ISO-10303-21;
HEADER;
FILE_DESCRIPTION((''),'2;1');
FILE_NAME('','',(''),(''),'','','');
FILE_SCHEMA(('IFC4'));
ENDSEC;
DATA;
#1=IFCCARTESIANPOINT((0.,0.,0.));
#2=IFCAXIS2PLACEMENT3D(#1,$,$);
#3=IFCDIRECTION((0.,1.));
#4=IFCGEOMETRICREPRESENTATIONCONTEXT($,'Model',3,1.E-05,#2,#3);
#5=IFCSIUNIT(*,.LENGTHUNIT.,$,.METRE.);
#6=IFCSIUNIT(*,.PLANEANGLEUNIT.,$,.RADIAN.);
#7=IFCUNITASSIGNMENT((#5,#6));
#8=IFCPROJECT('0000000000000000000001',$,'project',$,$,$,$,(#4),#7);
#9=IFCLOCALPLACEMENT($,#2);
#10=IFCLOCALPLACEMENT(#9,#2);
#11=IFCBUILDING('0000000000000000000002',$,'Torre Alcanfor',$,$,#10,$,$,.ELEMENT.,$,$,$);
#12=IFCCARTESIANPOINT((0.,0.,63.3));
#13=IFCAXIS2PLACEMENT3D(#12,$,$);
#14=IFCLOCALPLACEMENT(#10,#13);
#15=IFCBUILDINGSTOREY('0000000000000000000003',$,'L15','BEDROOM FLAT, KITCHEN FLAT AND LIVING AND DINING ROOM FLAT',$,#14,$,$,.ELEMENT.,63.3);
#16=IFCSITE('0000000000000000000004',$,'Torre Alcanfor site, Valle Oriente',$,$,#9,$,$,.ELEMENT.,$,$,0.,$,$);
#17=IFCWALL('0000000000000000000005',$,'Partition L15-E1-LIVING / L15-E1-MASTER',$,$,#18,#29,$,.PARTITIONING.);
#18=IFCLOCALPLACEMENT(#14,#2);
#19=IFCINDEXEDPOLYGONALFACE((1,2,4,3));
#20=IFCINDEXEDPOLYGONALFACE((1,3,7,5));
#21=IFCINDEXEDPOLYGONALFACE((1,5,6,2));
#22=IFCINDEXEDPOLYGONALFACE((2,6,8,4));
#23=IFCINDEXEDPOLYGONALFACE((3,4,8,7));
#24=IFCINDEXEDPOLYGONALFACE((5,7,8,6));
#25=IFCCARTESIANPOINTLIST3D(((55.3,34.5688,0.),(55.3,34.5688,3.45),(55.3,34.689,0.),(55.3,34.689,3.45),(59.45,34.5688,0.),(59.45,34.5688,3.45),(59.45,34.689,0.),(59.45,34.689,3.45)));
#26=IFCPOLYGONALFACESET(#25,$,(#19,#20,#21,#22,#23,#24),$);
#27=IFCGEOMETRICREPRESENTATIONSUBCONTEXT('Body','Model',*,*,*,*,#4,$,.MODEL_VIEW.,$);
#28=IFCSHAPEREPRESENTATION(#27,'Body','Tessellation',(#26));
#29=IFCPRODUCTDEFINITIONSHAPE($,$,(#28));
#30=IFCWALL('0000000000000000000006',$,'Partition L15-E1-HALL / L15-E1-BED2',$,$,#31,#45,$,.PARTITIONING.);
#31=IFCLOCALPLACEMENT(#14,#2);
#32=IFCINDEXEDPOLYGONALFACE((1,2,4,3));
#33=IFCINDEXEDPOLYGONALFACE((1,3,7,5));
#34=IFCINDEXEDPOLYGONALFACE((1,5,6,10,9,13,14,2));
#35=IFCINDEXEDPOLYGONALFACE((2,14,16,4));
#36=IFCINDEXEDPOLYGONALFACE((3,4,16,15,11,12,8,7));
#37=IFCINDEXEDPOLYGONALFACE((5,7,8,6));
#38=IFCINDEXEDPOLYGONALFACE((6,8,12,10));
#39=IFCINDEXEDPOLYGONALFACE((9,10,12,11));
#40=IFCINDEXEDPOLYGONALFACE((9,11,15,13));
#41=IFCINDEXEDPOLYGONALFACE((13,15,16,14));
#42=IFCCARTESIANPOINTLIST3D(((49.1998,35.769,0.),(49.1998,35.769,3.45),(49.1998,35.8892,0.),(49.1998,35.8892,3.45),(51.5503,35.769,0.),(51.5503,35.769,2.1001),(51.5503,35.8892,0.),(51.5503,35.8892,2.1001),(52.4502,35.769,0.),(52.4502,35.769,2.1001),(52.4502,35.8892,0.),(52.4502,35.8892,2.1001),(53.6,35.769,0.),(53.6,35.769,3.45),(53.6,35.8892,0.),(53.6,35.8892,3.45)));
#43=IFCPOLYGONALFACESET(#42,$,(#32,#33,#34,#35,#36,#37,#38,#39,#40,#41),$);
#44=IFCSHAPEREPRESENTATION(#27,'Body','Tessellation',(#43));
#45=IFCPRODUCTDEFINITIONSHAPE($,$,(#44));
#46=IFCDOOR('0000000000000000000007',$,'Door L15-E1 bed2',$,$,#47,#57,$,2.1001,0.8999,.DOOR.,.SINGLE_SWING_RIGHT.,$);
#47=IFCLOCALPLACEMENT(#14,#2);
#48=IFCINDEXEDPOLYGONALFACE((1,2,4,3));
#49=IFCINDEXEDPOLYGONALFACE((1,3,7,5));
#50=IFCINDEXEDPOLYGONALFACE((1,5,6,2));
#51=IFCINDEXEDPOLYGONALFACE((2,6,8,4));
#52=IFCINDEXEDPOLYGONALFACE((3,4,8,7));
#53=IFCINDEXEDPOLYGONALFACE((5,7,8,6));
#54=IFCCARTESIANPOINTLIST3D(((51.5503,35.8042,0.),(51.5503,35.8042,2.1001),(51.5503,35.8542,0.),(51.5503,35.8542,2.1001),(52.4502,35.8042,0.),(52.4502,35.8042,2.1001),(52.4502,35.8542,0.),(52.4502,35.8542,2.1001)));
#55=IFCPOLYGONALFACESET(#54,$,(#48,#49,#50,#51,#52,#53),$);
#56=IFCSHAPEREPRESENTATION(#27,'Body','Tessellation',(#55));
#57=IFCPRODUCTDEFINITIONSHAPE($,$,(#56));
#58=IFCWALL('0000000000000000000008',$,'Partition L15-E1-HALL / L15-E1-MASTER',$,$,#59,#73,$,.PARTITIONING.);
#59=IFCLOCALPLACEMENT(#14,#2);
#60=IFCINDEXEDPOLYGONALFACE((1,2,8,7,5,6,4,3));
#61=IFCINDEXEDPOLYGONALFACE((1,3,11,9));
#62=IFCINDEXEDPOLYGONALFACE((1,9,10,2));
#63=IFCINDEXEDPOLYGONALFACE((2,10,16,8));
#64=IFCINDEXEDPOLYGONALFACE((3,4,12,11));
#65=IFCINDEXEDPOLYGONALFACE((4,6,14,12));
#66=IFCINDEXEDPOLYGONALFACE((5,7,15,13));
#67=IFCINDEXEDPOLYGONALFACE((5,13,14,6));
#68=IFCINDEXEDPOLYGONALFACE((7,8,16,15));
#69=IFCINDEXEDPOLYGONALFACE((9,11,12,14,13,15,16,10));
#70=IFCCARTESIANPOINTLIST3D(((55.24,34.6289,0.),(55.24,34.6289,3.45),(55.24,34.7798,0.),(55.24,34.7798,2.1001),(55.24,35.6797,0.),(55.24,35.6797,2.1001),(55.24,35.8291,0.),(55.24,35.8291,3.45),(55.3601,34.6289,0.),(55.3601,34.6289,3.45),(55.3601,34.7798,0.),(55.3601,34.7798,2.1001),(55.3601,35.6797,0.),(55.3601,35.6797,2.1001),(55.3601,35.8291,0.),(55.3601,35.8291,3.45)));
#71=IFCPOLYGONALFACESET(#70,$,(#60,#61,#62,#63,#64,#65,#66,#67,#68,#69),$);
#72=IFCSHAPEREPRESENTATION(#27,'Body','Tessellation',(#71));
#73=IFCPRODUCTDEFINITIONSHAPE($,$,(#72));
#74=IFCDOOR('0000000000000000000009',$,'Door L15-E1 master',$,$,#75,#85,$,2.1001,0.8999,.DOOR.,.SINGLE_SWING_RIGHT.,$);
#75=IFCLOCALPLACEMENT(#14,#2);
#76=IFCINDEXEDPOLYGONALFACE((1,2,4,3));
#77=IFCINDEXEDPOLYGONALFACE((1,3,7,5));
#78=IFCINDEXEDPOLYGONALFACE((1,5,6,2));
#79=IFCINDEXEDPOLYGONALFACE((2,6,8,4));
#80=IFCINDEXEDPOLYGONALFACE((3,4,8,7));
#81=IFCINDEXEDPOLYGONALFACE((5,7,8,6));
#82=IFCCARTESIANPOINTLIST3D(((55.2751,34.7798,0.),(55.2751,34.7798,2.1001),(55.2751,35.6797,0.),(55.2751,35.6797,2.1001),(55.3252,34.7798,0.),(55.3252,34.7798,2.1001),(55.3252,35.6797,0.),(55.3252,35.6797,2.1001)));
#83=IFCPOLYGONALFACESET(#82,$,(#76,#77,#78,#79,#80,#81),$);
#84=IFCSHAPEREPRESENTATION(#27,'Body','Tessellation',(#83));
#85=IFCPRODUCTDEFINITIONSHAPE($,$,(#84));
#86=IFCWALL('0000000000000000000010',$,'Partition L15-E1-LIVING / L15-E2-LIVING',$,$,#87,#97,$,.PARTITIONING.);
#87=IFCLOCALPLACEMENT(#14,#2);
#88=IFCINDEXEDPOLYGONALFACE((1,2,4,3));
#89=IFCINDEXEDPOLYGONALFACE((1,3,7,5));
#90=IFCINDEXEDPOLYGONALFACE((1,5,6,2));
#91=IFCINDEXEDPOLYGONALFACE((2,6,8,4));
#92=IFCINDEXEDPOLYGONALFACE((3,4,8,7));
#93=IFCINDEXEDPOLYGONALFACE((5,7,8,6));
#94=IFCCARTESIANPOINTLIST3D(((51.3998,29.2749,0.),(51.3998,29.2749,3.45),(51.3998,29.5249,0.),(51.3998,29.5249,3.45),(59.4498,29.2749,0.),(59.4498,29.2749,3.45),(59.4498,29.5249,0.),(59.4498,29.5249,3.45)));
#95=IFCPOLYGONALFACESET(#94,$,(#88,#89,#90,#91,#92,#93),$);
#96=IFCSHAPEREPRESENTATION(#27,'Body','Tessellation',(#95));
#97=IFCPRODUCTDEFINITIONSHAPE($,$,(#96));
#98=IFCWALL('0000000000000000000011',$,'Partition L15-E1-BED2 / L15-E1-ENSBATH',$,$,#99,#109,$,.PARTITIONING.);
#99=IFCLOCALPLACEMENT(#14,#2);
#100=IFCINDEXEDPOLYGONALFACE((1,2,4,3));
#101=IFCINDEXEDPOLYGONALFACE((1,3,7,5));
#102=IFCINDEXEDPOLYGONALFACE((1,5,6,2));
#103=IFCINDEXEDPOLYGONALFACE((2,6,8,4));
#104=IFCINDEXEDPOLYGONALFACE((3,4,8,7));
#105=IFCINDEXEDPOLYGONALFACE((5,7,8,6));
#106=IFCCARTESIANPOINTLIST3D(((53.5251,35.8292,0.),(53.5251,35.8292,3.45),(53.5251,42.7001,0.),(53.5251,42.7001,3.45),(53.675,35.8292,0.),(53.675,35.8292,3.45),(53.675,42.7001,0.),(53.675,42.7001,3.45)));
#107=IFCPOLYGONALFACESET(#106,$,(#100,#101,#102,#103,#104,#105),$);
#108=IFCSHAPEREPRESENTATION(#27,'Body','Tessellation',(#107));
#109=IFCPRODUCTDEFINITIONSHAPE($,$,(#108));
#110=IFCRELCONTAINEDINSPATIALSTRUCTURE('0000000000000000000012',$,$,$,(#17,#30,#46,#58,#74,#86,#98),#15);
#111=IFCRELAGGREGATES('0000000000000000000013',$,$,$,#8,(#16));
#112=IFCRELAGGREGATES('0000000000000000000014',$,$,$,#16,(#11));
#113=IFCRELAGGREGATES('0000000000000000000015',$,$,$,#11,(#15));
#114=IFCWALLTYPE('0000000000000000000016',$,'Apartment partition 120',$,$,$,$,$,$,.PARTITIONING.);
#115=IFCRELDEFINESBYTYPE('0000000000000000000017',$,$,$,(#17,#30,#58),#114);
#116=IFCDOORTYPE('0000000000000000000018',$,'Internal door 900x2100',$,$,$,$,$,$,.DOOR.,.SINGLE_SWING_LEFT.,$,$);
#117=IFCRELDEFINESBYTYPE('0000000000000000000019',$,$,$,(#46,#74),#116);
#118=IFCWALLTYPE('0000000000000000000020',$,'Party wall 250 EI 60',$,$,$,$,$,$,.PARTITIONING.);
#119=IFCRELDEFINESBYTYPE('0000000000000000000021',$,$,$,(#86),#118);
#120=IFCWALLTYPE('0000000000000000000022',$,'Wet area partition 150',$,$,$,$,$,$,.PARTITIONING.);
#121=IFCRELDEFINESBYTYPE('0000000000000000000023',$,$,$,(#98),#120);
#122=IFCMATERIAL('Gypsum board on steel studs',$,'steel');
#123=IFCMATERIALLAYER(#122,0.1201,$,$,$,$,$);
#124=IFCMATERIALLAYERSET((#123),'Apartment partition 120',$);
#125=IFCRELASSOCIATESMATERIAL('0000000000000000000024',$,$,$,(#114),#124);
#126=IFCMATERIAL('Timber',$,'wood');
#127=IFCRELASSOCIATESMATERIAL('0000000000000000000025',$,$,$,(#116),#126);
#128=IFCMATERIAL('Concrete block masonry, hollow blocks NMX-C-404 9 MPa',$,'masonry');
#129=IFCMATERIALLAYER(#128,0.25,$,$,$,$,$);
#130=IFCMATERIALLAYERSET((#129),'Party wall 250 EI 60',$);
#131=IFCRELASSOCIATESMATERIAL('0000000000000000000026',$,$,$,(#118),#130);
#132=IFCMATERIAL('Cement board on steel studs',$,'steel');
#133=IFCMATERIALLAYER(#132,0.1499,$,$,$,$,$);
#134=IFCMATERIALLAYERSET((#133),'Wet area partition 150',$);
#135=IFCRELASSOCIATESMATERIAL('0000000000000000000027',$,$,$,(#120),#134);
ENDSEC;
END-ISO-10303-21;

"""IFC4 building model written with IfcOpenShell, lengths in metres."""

from ifc_helpers import new_model, si_unit, direction, frame, frame_2d, origin, place, context, subcontext, project, spatial, rectangle, extrude, material, layer, layer_set, type_object, element, fill, save


model = new_model("IFC4")

# Units and contexts
model_context = context("Model", 3, precision=1e-05, world=origin(), true_north=direction((0.0, 1.0)))
body_context = subcontext(model_context, "Body", "Model", "MODEL_VIEW")
ifc_project = project(units=[si_unit("LENGTHUNIT", "METRE"), si_unit("PLANEANGLEUNIT", "RADIAN")], contexts=[model_context])

# Site, building, storey
site_placement = place(None, origin())
site = spatial("IfcSite", under=ifc_project, at=site_placement, Name="Torre Alcanfor site, Valle Oriente", CompositionType="ELEMENT", RefElevation=0.0)
building_placement = place(site_placement, origin())
building = spatial("IfcBuilding", under=site, at=building_placement, Name="Torre Alcanfor", CompositionType="ELEMENT")
storey_placement = place(building_placement, frame((0.0, 0.0, 63.3)))
storey = spatial("IfcBuildingStorey", under=building, at=storey_placement, Name="L15", Description="BEDROOM FLAT, KITCHEN FLAT AND LIVING AND DINING ROOM FLAT", CompositionType="ELEMENT", Elevation=63.3)

# Shared definitions
ifc_material_1 = material(Name="Gypsum board on steel studs", Category="steel")
ifc_layer_1 = layer(ifc_material_1, 0.1201)
ifc_layer_set_1 = layer_set([ifc_layer_1], Name="Apartment partition 120")
wall_type_1 = type_object("IfcWallType", Name="Apartment partition 120", PredefinedType="PARTITIONING", material=ifc_layer_set_1)

# Shared definitions
ifc_material_2 = material(Name="Timber", Category="wood")
door_type = type_object("IfcDoorType", Name="Internal door 900x2100", OperationType="SINGLE_SWING_LEFT", PredefinedType="DOOR", material=ifc_material_2)

# Wall
wall_1_placement = place(storey_placement, frame((59.45, 34.6289, 0.0), z_axis=(0.0, 0.0, 1.0), x_axis=(-1.0, 0.0, 0.0)))
element("IfcWall", 1, at=wall_1_placement, inside=storey, type_object=wall_type_1, Name="Partition L15-E1-LIVING / L15-E1-MASTER", PredefinedType="PARTITIONING", context=body_context, shape_type="SweptSolid", body=[
    extrude(rectangle(XDim=4.1499, YDim=0.1201, at=frame_2d((2.075, 0.0))), origin(), (0.0, 0.0, 1.0), 3.45),
])

# Walls, openings, doors
wall_2_placement = place(storey_placement, frame((53.6001, 35.8291, 0.0), z_axis=(0.0, 0.0, 1.0), x_axis=(-1.0, 0.0, 0.0)))
wall_2 = element("IfcWall", 2, at=wall_2_placement, inside=storey, type_object=wall_type_1, Name="Partition L15-E1-HALL / L15-E1-BED2", PredefinedType="PARTITIONING", context=body_context, shape_type="SweptSolid", body=[
    extrude(rectangle(XDim=4.4001, YDim=0.1201, at=frame_2d((2.2002, 0.0))), origin(), (0.0, 0.0, 1.0), 3.45),
])
opening_1_placement = place(wall_2_placement, frame((1.1499, 0.0, 0.0)))
opening_1 = element("IfcOpeningElement", 3, at=opening_1_placement, cuts=wall_2, PredefinedType="OPENING", context=body_context, shape_type="SweptSolid", body=[
    extrude(rectangle(XDim=0.8999, YDim=2.1001, at=frame_2d((0.45, 1.05))), frame((0.0, 0.0701, 0.0), z_axis=(0.0, -1.0, 0.0), x_axis=(1.0, 0.0, 0.0)), (0.0, 0.0, 1.0), 0.1401),
])
door_1_placement = place(opening_1_placement, frame((0.8999, 0.0, 0.0), z_axis=(0.0, 0.0, 1.0), x_axis=(-1.0, 0.0, 0.0)))
door_1 = element("IfcDoor", 4, at=door_1_placement, inside=storey, type_object=door_type, Name="Door L15-E1 bed2", OperationType="SINGLE_SWING_RIGHT", OverallHeight=2.1001, OverallWidth=0.8999, PredefinedType="DOOR", context=body_context, shape_type="SweptSolid", body=[
    extrude(rectangle(XDim=0.8999, YDim=2.1001, at=frame_2d((0.45, 1.05))), frame((0.0, 0.0251, 0.0), z_axis=(0.0, -1.0, 0.0), x_axis=(1.0, 0.0, 0.0)), (0.0, 0.0, 1.0), 0.05),
])
fill(opening_1, door_1)
wall_3_placement = place(storey_placement, frame((55.3, 34.6289, 0.0), z_axis=(0.0, 0.0, 1.0), x_axis=(0.0, 1.0, 0.0)))
wall_3 = element("IfcWall", 5, at=wall_3_placement, inside=storey, type_object=wall_type_1, Name="Partition L15-E1-HALL / L15-E1-MASTER", PredefinedType="PARTITIONING", context=body_context, shape_type="SweptSolid", body=[
    extrude(rectangle(XDim=1.2002, YDim=0.1201, at=frame_2d((0.6001, 0.0))), origin(), (0.0, 0.0, 1.0), 3.45),
])
opening_2_placement = place(wall_3_placement, frame((0.1509, 0.0, 0.0)))
opening_2 = element("IfcOpeningElement", 6, at=opening_2_placement, cuts=wall_3, PredefinedType="OPENING", context=body_context, shape_type="SweptSolid", body=[
    extrude(rectangle(XDim=0.8999, YDim=2.1001, at=frame_2d((0.45, 1.05))), frame((0.0, 0.0701, 0.0), z_axis=(0.0, -1.0, 0.0), x_axis=(1.0, 0.0, 0.0)), (0.0, 0.0, 1.0), 0.1401),
])
door_2_placement = place(opening_2_placement, frame((0.8999, 0.0, 0.0), z_axis=(0.0, 0.0, 1.0), x_axis=(-1.0, 0.0, 0.0)))
door_2 = element("IfcDoor", 7, at=door_2_placement, inside=storey, type_object=door_type, Name="Door L15-E1 master", OperationType="SINGLE_SWING_RIGHT", OverallHeight=2.1001, OverallWidth=0.8999, PredefinedType="DOOR", context=body_context, shape_type="SweptSolid", body=[
    extrude(rectangle(XDim=0.8999, YDim=2.1001, at=frame_2d((0.45, 1.05))), frame((0.0, 0.0251, 0.0), z_axis=(0.0, -1.0, 0.0), x_axis=(1.0, 0.0, 0.0)), (0.0, 0.0, 1.0), 0.05),
])
fill(opening_2, door_2)

# Walls
ifc_material_3 = material(Name="Concrete block masonry, hollow blocks NMX-C-404 9 MPa", Category="masonry")
ifc_layer_2 = layer(ifc_material_3, 0.25)
ifc_layer_set_2 = layer_set([ifc_layer_2], Name="Party wall 250 EI 60")
wall_type_2 = type_object("IfcWallType", Name="Party wall 250 EI 60", PredefinedType="PARTITIONING", material=ifc_layer_set_2)
wall_4_placement = place(storey_placement, frame((51.3999, 29.3999, 0.0), z_axis=(0.0, 0.0, 1.0), x_axis=(1.0, 0.0, 0.0)))
element("IfcWall", 8, at=wall_4_placement, inside=storey, type_object=wall_type_2, Name="Partition L15-E1-LIVING / L15-E2-LIVING", PredefinedType="PARTITIONING", context=body_context, shape_type="SweptSolid", body=[
    extrude(rectangle(XDim=8.05, YDim=0.25, at=frame_2d((4.0249, 0.0))), origin(), (0.0, 0.0, 1.0), 3.45),
])
ifc_material_4 = material(Name="Cement board on steel studs", Category="steel")
ifc_layer_3 = layer(ifc_material_4, 0.1499)
ifc_layer_set_3 = layer_set([ifc_layer_3], Name="Wet area partition 150")
wall_type_3 = type_object("IfcWallType", Name="Wet area partition 150", PredefinedType="PARTITIONING", material=ifc_layer_set_3)
wall_5_placement = place(storey_placement, frame((53.6001, 35.8291, 0.0), z_axis=(0.0, 0.0, 1.0), x_axis=(0.0, 1.0, 0.0)))
element("IfcWall", 9, at=wall_5_placement, inside=storey, type_object=wall_type_3, Name="Partition L15-E1-BED2 / L15-E1-ENSBATH", PredefinedType="PARTITIONING", context=body_context, shape_type="SweptSolid", body=[
    extrude(rectangle(XDim=6.8708, YDim=0.1499, at=frame_2d((3.4355, 0.0))), origin(), (0.0, 0.0, 1.0), 3.45),
])

save(model, "model.ifc")
